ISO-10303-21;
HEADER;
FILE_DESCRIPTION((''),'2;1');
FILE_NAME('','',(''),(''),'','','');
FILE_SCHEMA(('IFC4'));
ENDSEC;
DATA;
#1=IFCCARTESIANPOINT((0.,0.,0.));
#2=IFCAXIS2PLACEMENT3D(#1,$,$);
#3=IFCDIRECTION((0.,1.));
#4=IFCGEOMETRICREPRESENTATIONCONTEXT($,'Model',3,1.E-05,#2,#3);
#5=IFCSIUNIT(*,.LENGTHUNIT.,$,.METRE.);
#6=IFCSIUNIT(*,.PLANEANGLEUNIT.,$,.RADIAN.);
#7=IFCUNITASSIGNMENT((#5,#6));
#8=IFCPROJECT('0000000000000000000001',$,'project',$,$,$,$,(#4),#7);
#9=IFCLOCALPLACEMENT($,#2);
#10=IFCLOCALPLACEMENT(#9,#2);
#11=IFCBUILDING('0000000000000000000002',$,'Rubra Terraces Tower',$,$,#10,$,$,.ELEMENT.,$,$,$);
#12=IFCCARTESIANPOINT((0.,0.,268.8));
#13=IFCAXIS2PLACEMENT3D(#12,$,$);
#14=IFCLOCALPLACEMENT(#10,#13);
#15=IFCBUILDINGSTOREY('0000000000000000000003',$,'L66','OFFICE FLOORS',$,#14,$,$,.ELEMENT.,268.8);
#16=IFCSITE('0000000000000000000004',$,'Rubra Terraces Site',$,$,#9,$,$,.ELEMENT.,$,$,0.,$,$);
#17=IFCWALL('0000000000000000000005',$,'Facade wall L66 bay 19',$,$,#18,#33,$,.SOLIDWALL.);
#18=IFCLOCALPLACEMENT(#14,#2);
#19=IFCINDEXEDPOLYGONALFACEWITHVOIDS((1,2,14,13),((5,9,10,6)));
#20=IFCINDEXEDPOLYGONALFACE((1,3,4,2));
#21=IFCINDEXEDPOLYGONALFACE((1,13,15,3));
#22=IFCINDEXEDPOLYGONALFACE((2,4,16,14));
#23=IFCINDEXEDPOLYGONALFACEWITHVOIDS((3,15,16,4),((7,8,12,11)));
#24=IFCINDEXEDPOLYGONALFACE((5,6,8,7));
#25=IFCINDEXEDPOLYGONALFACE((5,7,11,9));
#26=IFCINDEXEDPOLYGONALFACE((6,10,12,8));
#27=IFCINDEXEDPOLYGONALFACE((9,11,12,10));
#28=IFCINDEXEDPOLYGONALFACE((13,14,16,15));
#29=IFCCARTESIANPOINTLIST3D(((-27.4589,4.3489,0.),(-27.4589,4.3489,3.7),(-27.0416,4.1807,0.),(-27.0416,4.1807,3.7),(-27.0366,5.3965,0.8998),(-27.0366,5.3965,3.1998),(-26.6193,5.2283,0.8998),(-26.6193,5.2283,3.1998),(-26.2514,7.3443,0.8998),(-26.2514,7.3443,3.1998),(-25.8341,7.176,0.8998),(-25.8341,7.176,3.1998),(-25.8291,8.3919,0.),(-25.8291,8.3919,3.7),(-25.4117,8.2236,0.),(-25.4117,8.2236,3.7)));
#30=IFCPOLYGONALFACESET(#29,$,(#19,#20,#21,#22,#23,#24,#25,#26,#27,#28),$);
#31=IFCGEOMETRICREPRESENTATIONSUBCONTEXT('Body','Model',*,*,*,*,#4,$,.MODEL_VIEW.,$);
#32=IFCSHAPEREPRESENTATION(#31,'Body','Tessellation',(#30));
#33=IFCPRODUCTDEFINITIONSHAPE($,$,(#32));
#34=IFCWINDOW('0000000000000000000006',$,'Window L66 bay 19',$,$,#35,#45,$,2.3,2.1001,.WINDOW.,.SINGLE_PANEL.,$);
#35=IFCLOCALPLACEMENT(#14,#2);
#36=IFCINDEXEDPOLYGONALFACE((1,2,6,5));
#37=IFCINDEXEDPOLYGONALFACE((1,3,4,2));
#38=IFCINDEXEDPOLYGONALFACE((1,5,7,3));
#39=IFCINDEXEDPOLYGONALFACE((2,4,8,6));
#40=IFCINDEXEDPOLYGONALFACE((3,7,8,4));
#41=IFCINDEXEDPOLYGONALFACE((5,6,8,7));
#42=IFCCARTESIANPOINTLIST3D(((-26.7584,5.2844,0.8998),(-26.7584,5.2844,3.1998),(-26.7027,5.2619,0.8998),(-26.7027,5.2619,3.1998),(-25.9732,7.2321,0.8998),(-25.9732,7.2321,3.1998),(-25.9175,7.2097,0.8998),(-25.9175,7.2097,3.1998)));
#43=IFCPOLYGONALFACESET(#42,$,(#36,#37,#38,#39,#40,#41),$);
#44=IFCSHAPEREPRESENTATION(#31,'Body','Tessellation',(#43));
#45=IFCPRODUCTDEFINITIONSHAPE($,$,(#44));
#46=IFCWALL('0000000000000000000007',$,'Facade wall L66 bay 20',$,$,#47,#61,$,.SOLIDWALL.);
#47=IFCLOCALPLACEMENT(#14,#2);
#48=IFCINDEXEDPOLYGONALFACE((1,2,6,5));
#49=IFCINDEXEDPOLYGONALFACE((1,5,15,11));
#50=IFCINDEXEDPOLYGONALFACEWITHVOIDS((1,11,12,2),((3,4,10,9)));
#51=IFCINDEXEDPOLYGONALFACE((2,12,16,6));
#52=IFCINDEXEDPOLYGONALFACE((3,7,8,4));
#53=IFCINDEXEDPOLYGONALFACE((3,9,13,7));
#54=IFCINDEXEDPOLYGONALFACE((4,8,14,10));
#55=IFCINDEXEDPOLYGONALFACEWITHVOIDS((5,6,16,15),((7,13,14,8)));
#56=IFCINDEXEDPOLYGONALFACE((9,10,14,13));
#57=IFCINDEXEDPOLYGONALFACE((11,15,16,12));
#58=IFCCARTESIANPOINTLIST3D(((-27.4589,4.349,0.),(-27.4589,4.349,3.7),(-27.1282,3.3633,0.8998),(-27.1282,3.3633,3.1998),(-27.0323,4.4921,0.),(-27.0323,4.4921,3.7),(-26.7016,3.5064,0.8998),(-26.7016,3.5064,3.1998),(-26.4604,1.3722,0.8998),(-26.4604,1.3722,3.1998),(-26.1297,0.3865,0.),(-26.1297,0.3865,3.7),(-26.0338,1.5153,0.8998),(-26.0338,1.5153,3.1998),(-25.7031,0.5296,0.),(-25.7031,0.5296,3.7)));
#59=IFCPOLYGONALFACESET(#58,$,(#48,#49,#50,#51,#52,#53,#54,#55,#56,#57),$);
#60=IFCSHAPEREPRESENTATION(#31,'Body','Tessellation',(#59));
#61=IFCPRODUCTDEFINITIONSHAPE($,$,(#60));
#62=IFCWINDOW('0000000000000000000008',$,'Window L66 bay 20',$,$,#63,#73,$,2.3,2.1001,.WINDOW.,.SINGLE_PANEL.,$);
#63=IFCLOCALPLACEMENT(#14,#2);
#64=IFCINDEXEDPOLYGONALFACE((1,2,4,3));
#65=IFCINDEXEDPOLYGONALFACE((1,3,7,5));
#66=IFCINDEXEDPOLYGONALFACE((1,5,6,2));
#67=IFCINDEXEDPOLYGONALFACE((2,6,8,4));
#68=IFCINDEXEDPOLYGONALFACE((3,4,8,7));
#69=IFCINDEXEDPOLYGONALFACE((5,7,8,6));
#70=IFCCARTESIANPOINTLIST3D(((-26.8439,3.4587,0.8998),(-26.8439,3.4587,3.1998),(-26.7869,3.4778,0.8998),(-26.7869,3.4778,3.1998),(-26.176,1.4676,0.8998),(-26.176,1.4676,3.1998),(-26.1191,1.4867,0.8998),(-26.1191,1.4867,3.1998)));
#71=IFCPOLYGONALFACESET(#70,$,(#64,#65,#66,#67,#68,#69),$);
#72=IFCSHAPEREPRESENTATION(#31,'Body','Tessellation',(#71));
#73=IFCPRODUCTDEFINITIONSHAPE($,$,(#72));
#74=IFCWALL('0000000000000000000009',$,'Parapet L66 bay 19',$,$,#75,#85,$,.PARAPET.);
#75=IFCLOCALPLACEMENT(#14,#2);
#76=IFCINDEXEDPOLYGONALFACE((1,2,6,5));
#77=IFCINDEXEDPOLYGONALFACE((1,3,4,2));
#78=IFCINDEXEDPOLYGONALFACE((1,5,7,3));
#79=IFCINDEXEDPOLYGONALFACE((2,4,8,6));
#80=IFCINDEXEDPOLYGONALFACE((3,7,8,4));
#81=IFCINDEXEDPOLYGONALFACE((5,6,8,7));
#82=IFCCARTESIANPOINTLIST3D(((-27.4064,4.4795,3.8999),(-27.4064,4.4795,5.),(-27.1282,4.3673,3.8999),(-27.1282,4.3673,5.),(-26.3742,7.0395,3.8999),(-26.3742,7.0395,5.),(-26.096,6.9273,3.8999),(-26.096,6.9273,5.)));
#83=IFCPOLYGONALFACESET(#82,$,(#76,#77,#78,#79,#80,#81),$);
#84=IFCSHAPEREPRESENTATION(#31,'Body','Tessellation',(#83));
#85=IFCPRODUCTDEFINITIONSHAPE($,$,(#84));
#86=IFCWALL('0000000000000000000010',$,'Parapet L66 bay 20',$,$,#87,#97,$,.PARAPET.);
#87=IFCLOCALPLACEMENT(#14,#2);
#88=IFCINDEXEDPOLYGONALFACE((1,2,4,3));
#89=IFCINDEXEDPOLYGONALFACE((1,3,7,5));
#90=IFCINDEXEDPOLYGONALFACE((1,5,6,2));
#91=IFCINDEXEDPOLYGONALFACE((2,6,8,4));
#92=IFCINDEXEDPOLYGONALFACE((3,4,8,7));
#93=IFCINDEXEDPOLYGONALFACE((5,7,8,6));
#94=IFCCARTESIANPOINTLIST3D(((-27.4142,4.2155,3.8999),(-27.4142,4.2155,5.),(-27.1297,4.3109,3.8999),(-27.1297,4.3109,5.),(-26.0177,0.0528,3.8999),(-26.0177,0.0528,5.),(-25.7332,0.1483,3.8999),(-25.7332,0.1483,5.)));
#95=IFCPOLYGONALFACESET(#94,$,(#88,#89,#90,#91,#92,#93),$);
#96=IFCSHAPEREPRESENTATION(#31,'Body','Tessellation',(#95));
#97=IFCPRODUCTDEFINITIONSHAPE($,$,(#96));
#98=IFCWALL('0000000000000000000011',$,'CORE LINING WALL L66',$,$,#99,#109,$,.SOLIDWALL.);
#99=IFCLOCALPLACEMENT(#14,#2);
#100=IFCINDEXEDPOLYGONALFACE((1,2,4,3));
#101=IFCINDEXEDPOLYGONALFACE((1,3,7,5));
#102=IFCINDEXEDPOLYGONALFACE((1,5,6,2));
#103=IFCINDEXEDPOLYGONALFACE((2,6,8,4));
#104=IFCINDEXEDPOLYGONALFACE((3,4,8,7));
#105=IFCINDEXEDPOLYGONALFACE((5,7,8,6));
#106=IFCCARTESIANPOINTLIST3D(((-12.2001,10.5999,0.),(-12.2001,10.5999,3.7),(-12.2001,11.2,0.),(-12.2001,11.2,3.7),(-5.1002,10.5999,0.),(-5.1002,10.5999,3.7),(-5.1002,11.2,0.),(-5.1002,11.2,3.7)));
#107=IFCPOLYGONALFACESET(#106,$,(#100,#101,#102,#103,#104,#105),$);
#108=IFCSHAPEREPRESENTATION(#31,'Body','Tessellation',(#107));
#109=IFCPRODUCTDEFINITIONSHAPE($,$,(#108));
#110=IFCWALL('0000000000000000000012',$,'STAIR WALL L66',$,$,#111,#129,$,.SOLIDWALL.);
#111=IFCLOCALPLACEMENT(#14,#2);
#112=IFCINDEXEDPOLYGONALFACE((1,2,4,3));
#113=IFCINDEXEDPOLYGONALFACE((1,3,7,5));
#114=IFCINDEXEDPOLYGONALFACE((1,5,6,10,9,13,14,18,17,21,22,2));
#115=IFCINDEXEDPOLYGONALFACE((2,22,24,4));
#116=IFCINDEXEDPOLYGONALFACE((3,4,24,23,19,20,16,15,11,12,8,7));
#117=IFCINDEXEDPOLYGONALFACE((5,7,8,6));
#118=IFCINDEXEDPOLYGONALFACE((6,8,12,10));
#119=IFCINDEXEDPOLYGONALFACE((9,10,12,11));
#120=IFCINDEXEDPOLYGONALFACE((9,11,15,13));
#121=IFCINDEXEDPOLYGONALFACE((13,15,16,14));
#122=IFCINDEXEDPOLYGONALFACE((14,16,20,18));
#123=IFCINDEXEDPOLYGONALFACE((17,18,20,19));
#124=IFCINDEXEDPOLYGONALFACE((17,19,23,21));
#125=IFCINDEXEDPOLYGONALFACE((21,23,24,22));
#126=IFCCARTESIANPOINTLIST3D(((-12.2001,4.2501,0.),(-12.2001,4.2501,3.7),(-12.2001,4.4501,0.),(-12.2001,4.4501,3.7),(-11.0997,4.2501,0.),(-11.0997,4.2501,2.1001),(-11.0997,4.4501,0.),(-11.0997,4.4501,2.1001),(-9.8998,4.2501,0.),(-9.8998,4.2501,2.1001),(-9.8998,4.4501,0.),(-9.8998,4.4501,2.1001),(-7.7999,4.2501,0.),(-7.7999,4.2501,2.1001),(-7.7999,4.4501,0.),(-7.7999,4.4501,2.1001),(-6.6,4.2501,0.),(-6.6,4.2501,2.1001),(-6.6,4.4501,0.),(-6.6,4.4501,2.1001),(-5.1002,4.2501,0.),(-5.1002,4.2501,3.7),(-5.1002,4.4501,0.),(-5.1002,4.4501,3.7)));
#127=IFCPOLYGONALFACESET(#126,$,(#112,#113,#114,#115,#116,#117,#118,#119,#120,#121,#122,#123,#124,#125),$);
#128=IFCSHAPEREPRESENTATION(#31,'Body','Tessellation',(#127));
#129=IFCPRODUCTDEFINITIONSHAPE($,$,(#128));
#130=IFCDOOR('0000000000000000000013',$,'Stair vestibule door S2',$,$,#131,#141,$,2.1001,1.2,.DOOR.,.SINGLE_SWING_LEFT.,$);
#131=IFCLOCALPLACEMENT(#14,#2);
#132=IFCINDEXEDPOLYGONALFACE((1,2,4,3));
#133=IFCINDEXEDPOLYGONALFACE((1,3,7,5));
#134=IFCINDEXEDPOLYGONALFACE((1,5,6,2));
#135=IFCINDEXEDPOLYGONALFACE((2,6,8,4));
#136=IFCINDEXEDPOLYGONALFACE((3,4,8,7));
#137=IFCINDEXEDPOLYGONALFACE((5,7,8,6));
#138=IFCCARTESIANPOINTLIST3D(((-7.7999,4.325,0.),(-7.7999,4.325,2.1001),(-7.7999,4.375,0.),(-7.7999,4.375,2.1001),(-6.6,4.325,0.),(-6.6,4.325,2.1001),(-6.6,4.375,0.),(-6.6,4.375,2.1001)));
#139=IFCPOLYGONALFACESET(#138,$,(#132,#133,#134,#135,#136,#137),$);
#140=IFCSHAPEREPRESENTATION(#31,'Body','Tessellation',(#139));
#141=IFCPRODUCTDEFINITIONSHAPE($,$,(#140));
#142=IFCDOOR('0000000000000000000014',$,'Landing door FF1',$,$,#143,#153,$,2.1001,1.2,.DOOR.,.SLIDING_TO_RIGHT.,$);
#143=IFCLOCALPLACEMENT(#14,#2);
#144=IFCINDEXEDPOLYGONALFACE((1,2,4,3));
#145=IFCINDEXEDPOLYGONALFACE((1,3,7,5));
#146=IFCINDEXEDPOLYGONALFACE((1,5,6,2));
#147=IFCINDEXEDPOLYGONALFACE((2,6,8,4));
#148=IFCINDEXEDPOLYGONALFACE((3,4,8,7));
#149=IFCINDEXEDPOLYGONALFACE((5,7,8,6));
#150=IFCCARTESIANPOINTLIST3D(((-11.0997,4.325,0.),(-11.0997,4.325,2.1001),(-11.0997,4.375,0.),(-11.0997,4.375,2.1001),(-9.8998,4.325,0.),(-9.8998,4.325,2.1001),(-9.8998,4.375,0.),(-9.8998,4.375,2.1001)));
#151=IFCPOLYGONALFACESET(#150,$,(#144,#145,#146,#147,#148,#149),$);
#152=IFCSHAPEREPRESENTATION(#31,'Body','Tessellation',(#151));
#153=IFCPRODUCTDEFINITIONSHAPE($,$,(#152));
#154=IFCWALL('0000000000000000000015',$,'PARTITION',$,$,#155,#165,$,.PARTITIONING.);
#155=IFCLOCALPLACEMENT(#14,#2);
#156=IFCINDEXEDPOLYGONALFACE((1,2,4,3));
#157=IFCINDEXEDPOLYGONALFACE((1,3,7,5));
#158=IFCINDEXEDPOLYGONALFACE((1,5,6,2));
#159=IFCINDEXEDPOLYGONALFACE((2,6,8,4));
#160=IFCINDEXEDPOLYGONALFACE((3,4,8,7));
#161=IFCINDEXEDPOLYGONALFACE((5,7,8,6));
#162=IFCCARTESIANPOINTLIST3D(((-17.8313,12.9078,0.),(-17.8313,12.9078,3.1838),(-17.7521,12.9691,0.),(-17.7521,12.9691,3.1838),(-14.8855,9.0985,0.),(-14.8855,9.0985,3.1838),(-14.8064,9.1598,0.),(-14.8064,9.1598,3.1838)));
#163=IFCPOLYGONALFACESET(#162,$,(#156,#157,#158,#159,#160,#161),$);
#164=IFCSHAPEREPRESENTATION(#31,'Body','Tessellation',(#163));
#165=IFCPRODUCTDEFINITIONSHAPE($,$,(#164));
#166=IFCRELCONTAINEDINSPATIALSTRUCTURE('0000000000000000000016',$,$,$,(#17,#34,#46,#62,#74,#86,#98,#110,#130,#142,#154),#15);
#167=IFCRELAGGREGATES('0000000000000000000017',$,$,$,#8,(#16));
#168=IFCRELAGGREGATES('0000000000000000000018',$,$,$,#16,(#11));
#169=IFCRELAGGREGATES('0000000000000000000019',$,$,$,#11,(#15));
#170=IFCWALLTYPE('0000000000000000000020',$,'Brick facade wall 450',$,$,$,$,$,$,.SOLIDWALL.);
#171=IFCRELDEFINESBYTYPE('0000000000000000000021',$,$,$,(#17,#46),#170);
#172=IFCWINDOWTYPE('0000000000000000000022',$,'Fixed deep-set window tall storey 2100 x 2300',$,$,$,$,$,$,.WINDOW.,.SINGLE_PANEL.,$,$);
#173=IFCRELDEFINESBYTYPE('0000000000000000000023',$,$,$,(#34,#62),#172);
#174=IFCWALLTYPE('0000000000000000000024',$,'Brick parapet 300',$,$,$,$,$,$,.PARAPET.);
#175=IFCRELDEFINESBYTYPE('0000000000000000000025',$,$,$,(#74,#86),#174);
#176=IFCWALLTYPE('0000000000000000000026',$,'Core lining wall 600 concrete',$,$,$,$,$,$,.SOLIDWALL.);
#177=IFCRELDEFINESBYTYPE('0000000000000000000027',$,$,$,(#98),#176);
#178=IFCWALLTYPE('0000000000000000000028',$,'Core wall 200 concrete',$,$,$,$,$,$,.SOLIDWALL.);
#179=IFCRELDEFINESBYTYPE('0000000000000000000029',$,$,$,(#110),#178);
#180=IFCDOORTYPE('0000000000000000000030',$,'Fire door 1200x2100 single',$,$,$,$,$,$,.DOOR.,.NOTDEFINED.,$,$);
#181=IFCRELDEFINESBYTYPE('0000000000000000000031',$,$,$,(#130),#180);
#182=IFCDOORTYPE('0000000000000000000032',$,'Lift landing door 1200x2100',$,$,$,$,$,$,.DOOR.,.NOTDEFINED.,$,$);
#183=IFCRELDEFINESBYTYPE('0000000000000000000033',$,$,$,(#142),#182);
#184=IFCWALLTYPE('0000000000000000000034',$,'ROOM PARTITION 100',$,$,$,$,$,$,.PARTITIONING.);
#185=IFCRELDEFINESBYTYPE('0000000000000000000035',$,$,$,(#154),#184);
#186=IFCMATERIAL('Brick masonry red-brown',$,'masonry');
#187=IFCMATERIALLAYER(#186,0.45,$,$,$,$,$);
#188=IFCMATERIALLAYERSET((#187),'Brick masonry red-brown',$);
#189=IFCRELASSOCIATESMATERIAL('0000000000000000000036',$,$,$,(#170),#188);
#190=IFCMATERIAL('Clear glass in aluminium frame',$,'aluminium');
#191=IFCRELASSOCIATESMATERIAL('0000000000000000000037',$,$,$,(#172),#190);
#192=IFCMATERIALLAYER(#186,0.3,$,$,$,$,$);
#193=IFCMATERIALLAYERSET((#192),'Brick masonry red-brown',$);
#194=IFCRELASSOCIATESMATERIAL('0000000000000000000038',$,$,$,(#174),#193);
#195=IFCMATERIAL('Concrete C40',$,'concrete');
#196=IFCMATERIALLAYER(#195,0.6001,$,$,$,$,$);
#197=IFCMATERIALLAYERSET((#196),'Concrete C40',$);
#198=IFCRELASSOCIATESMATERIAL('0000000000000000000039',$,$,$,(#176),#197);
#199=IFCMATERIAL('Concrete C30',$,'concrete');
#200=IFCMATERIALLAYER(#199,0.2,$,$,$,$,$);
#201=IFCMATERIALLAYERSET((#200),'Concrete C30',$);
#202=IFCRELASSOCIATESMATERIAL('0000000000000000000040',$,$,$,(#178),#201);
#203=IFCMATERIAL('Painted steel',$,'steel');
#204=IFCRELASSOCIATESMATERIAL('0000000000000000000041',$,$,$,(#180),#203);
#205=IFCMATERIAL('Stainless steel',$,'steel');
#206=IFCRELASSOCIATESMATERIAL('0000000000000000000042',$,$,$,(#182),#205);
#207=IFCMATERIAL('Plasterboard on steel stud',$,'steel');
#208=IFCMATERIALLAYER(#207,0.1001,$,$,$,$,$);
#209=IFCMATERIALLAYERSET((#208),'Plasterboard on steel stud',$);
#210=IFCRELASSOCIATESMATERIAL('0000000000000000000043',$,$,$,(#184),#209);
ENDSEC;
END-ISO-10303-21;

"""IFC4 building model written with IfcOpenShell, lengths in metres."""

from ifc_helpers import new_model, si_unit, direction, frame, frame_2d, origin, place, context, subcontext, project, spatial, rectangle, extrude, material, layer, layer_set, type_object, element, fill, save


model = new_model("IFC4")

# Units and contexts
model_context = context("Model", 3, precision=1e-05, world=origin(), true_north=direction((0.0, 1.0)))
body_context = subcontext(model_context, "Body", "Model", "MODEL_VIEW")
ifc_project = project(units=[si_unit("LENGTHUNIT", "METRE"), si_unit("PLANEANGLEUNIT", "RADIAN")], contexts=[model_context])

# Site, building, storey
site_placement = place(None, origin())
site = spatial("IfcSite", under=ifc_project, at=site_placement, Name="Rubra Terraces Site", CompositionType="ELEMENT", RefElevation=0.0)
building_placement = place(site_placement, origin())
building = spatial("IfcBuilding", under=site, at=building_placement, Name="Rubra Terraces Tower", CompositionType="ELEMENT")
storey_placement = place(building_placement, frame((0.0, 0.0, 268.8)))
storey = spatial("IfcBuildingStorey", under=building, at=storey_placement, Name="L66", Description="OFFICE FLOORS", CompositionType="ELEMENT", Elevation=268.8)

# Walls, openings, windows
ifc_material_1 = material(Name="Brick masonry red-brown", Category="masonry")
ifc_layer_1 = layer(ifc_material_1, 0.45)
ifc_layer_set_1 = layer_set([ifc_layer_1], Name="Brick masonry red-brown")
wall_type_1 = type_object("IfcWallType", Name="Brick facade wall 450", PredefinedType="SOLIDWALL", material=ifc_layer_set_1)
ifc_material_2 = material(Name="Clear glass in aluminium frame", Category="aluminium")
wall_1_placement = place(storey_placement, frame((-25.6204, 8.3079, 0.0), z_axis=(0.0, 0.0, 1.0), x_axis=(-0.3739, -0.927469, 0.0)))
wall_1 = element("IfcWall", 1, at=wall_1_placement, inside=storey, type_object=wall_type_1, Name="Facade wall L66 bay 19", PredefinedType="SOLIDWALL", context=body_context, shape_type="SweptSolid", body=[
    extrude(rectangle(XDim=4.3591, YDim=0.45, at=frame_2d((2.1797, 0.0))), origin(), (0.0, 0.0, 1.0), 3.7),
])
opening_1_placement = place(wall_1_placement, frame((1.1296, 0.0, 0.8999)))
opening_1 = element("IfcOpeningElement", 2, at=opening_1_placement, cuts=wall_1, PredefinedType="OPENING", context=body_context, shape_type="SweptSolid", body=[
    extrude(rectangle(XDim=2.1001, YDim=2.3, at=frame_2d((1.05, 1.1499))), frame((0.0, 0.2349, 0.0), z_axis=(0.0, -1.0, 0.0), x_axis=(1.0, 0.0, 0.0)), (0.0, 0.0, 1.0), 0.47),
])
window_type_1 = type_object("IfcWindowType", Name="Fixed deep-set window tall storey 2100 x 2300", PartitioningType="SINGLE_PANEL", PredefinedType="WINDOW", material=ifc_material_2)
window_1_placement = place(opening_1_placement, origin())
window_1 = element("IfcWindow", 3, at=window_1_placement, inside=storey, type_object=window_type_1, Name="Window L66 bay 19", OverallHeight=2.3, OverallWidth=2.1001, PartitioningType="SINGLE_PANEL", PredefinedType="WINDOW", context=body_context, shape_type="SweptSolid", body=[
    extrude(rectangle(XDim=2.1001, YDim=2.3, at=frame_2d((1.05, 1.1499))), frame((0.0, 0.135, 0.0), z_axis=(0.0, -1.0, 0.0), x_axis=(1.0, 0.0, 0.0)), (0.0, 0.0, 1.0), 0.0601),
])
fill(opening_1, window_1)
wall_2_placement = place(storey_placement, frame((-27.2456, 4.4207, 0.0), z_axis=(0.0, 0.0, 1.0), x_axis=(0.318015, -0.948086, 0.0)))
wall_2 = element("IfcWall", 4, at=wall_2_placement, inside=storey, type_object=wall_type_1, Name="Facade wall L66 bay 20", PredefinedType="SOLIDWALL", context=body_context, shape_type="SweptSolid", body=[
    extrude(rectangle(XDim=4.1794, YDim=0.45, at=frame_2d((2.0898, 0.0))), origin(), (0.0, 0.0, 1.0), 3.7),
])
opening_2_placement = place(wall_2_placement, frame((1.0398, 0.0, 0.8999)))
opening_2 = element("IfcOpeningElement", 5, at=opening_2_placement, cuts=wall_2, PredefinedType="OPENING", context=body_context, shape_type="SweptSolid", body=[
    extrude(rectangle(XDim=2.1001, YDim=2.3, at=frame_2d((1.05, 1.1499))), frame((0.0, 0.2349, 0.0), z_axis=(0.0, -1.0, 0.0), x_axis=(1.0, 0.0, 0.0)), (0.0, 0.0, 1.0), 0.47),
])
window_2_placement = place(opening_2_placement, origin())
window_2 = element("IfcWindow", 6, at=window_2_placement, inside=storey, type_object=window_type_1, Name="Window L66 bay 20", OverallHeight=2.3, OverallWidth=2.1001, PartitioningType="SINGLE_PANEL", PredefinedType="WINDOW", context=body_context, shape_type="SweptSolid", body=[
    extrude(rectangle(XDim=2.1001, YDim=2.3, at=frame_2d((1.05, 1.1499))), frame((0.0, 0.135, 0.0), z_axis=(0.0, -1.0, 0.0), x_axis=(1.0, 0.0, 0.0)), (0.0, 0.0, 1.0), 0.0601),
])
fill(opening_2, window_2)

# Walls
ifc_layer_2 = layer(ifc_material_1, 0.3)
ifc_layer_set_2 = layer_set([ifc_layer_2], Name="Brick masonry red-brown")
wall_type_2 = type_object("IfcWallType", Name="Brick parapet 300", PredefinedType="PARAPET", material=ifc_layer_set_2)
wall_3_placement = place(storey_placement, frame((-26.2351, 6.9834, 3.8999), z_axis=(0.0, 0.0, 1.0), x_axis=(-0.373951, -0.927448, 0.0)))
element("IfcWall", 7, at=wall_3_placement, inside=storey, type_object=wall_type_2, Name="Parapet L66 bay 19", PredefinedType="PARAPET", context=body_context, shape_type="SweptSolid", body=[
    extrude(rectangle(XDim=2.7603, YDim=0.3, at=frame_2d((1.3801, 0.0))), origin(), (0.0, 0.0, 1.0), 1.1001),
])
wall_4_placement = place(storey_placement, frame((-27.272, 4.2632, 3.8999), z_axis=(0.0, 0.0, 1.0), x_axis=(0.318062, -0.94807, 0.0)))
element("IfcWall", 8, at=wall_4_placement, inside=storey, type_object=wall_type_2, Name="Parapet L66 bay 20", PredefinedType="PARAPET", context=body_context, shape_type="SweptSolid", body=[
    extrude(rectangle(XDim=4.3906, YDim=0.3, at=frame_2d((2.1953, 0.0))), origin(), (0.0, 0.0, 1.0), 1.1001),
])
ifc_material_3 = material(Name="Concrete C40", Category="concrete")
ifc_layer_3 = layer(ifc_material_3, 0.6001)
ifc_layer_set_3 = layer_set([ifc_layer_3], Name="Concrete C40")
wall_type_3 = type_object("IfcWallType", Name="Core lining wall 600 concrete", PredefinedType="SOLIDWALL", material=ifc_layer_set_3)
wall_5_placement = place(storey_placement, frame((-12.2, 10.8999, 0.0), z_axis=(0.0, 0.0, 1.0), x_axis=(1.0, 0.0, 0.0)))
element("IfcWall", 9, at=wall_5_placement, inside=storey, type_object=wall_type_3, Name="CORE LINING WALL L66", PredefinedType="SOLIDWALL", context=body_context, shape_type="SweptSolid", body=[
    extrude(rectangle(XDim=7.0999, YDim=0.6001, at=frame_2d((3.5498, 0.0))), origin(), (0.0, 0.0, 1.0), 3.7),
])

# Wall, openings, doors
ifc_material_4 = material(Name="Concrete C30", Category="concrete")
ifc_layer_4 = layer(ifc_material_4, 0.2)
ifc_layer_set_4 = layer_set([ifc_layer_4], Name="Concrete C30")
wall_type_4 = type_object("IfcWallType", Name="Core wall 200 concrete", PredefinedType="SOLIDWALL", material=ifc_layer_set_4)
wall_6_placement = place(storey_placement, frame((-12.2, 4.3501, 0.0), z_axis=(0.0, 0.0, 1.0), x_axis=(1.0, 0.0, 0.0)))
wall_6 = element("IfcWall", 10, at=wall_6_placement, inside=storey, type_object=wall_type_4, Name="STAIR WALL L66", PredefinedType="SOLIDWALL", context=body_context, shape_type="SweptSolid", body=[
    extrude(rectangle(XDim=7.0999, YDim=0.2, at=frame_2d((3.5498, 0.0))), origin(), (0.0, 0.0, 1.0), 3.7),
])
opening_3_placement = place(wall_6_placement, frame((4.3999, 0.0, 0.0)))
opening_3 = element("IfcOpeningElement", 11, at=opening_3_placement, cuts=wall_6, PredefinedType="OPENING", context=body_context, shape_type="SweptSolid", body=[
    extrude(rectangle(XDim=1.2, YDim=2.1001, at=frame_2d((0.6001, 1.05))), frame((0.0, 0.1099, 0.0), z_axis=(0.0, -1.0, 0.0), x_axis=(1.0, 0.0, 0.0)), (0.0, 0.0, 1.0), 0.22),
])
opening_4_placement = place(wall_6_placement, frame((1.1001, 0.0, 0.0)))
opening_4 = element("IfcOpeningElement", 12, at=opening_4_placement, cuts=wall_6, PredefinedType="OPENING", context=body_context, shape_type="SweptSolid", body=[
    extrude(rectangle(XDim=1.2, YDim=2.1001, at=frame_2d((0.6001, 1.05))), frame((0.0, 0.1099, 0.0), z_axis=(0.0, -1.0, 0.0), x_axis=(1.0, 0.0, 0.0)), (0.0, 0.0, 1.0), 0.22),
])
ifc_material_5 = material(Name="Painted steel", Category="steel")
door_type_1 = type_object("IfcDoorType", Name="Fire door 1200x2100 single", OperationType="NOTDEFINED", PredefinedType="DOOR", material=ifc_material_5)
door_1_placement = place(opening_3_placement, origin())
door_1 = element("IfcDoor", 13, at=door_1_placement, inside=storey, type_object=door_type_1, Name="Stair vestibule door S2", OperationType="SINGLE_SWING_LEFT", OverallHeight=2.1001, OverallWidth=1.2, PredefinedType="DOOR", context=body_context, shape_type="SweptSolid", body=[
    extrude(rectangle(XDim=1.2, YDim=2.1001, at=frame_2d((0.6001, 1.05))), frame((0.0, 0.0249, 0.0), z_axis=(0.0, -1.0, 0.0), x_axis=(1.0, 0.0, 0.0)), (0.0, 0.0, 1.0), 0.05),
])
fill(opening_3, door_1)
ifc_material_6 = material(Name="Stainless steel", Category="steel")
door_type_2 = type_object("IfcDoorType", Name="Lift landing door 1200x2100", OperationType="NOTDEFINED", PredefinedType="DOOR", material=ifc_material_6)
door_2_placement = place(opening_4_placement, origin())
door_2 = element("IfcDoor", 14, at=door_2_placement, inside=storey, type_object=door_type_2, Name="Landing door FF1", OperationType="SLIDING_TO_RIGHT", OverallHeight=2.1001, OverallWidth=1.2, PredefinedType="DOOR", context=body_context, shape_type="SweptSolid", body=[
    extrude(rectangle(XDim=1.2, YDim=2.1001, at=frame_2d((0.6001, 1.05))), frame((0.0, 0.0249, 0.0), z_axis=(0.0, -1.0, 0.0), x_axis=(1.0, 0.0, 0.0)), (0.0, 0.0, 1.0), 0.05),
])
fill(opening_4, door_2)

# Wall
ifc_material_7 = material(Name="Plasterboard on steel stud", Category="steel")
ifc_layer_5 = layer(ifc_material_7, 0.1001)
ifc_layer_set_5 = layer_set([ifc_layer_5], Name="Plasterboard on steel stud")
wall_type_5 = type_object("IfcWallType", Name="ROOM PARTITION 100", PredefinedType="PARTITIONING", material=ifc_layer_set_5)
wall_7_placement = place(storey_placement, frame((-14.8459, 9.1292, 0.0), z_axis=(0.0, 0.0, 1.0), x_axis=(-0.611737, 0.791061, 0.0)))
element("IfcWall", 15, at=wall_7_placement, inside=storey, type_object=wall_type_5, Name="PARTITION", PredefinedType="PARTITIONING", context=body_context, shape_type="SweptSolid", body=[
    extrude(rectangle(XDim=4.8154, YDim=0.1001, at=frame_2d((2.4077, 0.0))), origin(), (0.0, 0.0, 1.0), 3.1838),
])

save(model, "model.ifc")
